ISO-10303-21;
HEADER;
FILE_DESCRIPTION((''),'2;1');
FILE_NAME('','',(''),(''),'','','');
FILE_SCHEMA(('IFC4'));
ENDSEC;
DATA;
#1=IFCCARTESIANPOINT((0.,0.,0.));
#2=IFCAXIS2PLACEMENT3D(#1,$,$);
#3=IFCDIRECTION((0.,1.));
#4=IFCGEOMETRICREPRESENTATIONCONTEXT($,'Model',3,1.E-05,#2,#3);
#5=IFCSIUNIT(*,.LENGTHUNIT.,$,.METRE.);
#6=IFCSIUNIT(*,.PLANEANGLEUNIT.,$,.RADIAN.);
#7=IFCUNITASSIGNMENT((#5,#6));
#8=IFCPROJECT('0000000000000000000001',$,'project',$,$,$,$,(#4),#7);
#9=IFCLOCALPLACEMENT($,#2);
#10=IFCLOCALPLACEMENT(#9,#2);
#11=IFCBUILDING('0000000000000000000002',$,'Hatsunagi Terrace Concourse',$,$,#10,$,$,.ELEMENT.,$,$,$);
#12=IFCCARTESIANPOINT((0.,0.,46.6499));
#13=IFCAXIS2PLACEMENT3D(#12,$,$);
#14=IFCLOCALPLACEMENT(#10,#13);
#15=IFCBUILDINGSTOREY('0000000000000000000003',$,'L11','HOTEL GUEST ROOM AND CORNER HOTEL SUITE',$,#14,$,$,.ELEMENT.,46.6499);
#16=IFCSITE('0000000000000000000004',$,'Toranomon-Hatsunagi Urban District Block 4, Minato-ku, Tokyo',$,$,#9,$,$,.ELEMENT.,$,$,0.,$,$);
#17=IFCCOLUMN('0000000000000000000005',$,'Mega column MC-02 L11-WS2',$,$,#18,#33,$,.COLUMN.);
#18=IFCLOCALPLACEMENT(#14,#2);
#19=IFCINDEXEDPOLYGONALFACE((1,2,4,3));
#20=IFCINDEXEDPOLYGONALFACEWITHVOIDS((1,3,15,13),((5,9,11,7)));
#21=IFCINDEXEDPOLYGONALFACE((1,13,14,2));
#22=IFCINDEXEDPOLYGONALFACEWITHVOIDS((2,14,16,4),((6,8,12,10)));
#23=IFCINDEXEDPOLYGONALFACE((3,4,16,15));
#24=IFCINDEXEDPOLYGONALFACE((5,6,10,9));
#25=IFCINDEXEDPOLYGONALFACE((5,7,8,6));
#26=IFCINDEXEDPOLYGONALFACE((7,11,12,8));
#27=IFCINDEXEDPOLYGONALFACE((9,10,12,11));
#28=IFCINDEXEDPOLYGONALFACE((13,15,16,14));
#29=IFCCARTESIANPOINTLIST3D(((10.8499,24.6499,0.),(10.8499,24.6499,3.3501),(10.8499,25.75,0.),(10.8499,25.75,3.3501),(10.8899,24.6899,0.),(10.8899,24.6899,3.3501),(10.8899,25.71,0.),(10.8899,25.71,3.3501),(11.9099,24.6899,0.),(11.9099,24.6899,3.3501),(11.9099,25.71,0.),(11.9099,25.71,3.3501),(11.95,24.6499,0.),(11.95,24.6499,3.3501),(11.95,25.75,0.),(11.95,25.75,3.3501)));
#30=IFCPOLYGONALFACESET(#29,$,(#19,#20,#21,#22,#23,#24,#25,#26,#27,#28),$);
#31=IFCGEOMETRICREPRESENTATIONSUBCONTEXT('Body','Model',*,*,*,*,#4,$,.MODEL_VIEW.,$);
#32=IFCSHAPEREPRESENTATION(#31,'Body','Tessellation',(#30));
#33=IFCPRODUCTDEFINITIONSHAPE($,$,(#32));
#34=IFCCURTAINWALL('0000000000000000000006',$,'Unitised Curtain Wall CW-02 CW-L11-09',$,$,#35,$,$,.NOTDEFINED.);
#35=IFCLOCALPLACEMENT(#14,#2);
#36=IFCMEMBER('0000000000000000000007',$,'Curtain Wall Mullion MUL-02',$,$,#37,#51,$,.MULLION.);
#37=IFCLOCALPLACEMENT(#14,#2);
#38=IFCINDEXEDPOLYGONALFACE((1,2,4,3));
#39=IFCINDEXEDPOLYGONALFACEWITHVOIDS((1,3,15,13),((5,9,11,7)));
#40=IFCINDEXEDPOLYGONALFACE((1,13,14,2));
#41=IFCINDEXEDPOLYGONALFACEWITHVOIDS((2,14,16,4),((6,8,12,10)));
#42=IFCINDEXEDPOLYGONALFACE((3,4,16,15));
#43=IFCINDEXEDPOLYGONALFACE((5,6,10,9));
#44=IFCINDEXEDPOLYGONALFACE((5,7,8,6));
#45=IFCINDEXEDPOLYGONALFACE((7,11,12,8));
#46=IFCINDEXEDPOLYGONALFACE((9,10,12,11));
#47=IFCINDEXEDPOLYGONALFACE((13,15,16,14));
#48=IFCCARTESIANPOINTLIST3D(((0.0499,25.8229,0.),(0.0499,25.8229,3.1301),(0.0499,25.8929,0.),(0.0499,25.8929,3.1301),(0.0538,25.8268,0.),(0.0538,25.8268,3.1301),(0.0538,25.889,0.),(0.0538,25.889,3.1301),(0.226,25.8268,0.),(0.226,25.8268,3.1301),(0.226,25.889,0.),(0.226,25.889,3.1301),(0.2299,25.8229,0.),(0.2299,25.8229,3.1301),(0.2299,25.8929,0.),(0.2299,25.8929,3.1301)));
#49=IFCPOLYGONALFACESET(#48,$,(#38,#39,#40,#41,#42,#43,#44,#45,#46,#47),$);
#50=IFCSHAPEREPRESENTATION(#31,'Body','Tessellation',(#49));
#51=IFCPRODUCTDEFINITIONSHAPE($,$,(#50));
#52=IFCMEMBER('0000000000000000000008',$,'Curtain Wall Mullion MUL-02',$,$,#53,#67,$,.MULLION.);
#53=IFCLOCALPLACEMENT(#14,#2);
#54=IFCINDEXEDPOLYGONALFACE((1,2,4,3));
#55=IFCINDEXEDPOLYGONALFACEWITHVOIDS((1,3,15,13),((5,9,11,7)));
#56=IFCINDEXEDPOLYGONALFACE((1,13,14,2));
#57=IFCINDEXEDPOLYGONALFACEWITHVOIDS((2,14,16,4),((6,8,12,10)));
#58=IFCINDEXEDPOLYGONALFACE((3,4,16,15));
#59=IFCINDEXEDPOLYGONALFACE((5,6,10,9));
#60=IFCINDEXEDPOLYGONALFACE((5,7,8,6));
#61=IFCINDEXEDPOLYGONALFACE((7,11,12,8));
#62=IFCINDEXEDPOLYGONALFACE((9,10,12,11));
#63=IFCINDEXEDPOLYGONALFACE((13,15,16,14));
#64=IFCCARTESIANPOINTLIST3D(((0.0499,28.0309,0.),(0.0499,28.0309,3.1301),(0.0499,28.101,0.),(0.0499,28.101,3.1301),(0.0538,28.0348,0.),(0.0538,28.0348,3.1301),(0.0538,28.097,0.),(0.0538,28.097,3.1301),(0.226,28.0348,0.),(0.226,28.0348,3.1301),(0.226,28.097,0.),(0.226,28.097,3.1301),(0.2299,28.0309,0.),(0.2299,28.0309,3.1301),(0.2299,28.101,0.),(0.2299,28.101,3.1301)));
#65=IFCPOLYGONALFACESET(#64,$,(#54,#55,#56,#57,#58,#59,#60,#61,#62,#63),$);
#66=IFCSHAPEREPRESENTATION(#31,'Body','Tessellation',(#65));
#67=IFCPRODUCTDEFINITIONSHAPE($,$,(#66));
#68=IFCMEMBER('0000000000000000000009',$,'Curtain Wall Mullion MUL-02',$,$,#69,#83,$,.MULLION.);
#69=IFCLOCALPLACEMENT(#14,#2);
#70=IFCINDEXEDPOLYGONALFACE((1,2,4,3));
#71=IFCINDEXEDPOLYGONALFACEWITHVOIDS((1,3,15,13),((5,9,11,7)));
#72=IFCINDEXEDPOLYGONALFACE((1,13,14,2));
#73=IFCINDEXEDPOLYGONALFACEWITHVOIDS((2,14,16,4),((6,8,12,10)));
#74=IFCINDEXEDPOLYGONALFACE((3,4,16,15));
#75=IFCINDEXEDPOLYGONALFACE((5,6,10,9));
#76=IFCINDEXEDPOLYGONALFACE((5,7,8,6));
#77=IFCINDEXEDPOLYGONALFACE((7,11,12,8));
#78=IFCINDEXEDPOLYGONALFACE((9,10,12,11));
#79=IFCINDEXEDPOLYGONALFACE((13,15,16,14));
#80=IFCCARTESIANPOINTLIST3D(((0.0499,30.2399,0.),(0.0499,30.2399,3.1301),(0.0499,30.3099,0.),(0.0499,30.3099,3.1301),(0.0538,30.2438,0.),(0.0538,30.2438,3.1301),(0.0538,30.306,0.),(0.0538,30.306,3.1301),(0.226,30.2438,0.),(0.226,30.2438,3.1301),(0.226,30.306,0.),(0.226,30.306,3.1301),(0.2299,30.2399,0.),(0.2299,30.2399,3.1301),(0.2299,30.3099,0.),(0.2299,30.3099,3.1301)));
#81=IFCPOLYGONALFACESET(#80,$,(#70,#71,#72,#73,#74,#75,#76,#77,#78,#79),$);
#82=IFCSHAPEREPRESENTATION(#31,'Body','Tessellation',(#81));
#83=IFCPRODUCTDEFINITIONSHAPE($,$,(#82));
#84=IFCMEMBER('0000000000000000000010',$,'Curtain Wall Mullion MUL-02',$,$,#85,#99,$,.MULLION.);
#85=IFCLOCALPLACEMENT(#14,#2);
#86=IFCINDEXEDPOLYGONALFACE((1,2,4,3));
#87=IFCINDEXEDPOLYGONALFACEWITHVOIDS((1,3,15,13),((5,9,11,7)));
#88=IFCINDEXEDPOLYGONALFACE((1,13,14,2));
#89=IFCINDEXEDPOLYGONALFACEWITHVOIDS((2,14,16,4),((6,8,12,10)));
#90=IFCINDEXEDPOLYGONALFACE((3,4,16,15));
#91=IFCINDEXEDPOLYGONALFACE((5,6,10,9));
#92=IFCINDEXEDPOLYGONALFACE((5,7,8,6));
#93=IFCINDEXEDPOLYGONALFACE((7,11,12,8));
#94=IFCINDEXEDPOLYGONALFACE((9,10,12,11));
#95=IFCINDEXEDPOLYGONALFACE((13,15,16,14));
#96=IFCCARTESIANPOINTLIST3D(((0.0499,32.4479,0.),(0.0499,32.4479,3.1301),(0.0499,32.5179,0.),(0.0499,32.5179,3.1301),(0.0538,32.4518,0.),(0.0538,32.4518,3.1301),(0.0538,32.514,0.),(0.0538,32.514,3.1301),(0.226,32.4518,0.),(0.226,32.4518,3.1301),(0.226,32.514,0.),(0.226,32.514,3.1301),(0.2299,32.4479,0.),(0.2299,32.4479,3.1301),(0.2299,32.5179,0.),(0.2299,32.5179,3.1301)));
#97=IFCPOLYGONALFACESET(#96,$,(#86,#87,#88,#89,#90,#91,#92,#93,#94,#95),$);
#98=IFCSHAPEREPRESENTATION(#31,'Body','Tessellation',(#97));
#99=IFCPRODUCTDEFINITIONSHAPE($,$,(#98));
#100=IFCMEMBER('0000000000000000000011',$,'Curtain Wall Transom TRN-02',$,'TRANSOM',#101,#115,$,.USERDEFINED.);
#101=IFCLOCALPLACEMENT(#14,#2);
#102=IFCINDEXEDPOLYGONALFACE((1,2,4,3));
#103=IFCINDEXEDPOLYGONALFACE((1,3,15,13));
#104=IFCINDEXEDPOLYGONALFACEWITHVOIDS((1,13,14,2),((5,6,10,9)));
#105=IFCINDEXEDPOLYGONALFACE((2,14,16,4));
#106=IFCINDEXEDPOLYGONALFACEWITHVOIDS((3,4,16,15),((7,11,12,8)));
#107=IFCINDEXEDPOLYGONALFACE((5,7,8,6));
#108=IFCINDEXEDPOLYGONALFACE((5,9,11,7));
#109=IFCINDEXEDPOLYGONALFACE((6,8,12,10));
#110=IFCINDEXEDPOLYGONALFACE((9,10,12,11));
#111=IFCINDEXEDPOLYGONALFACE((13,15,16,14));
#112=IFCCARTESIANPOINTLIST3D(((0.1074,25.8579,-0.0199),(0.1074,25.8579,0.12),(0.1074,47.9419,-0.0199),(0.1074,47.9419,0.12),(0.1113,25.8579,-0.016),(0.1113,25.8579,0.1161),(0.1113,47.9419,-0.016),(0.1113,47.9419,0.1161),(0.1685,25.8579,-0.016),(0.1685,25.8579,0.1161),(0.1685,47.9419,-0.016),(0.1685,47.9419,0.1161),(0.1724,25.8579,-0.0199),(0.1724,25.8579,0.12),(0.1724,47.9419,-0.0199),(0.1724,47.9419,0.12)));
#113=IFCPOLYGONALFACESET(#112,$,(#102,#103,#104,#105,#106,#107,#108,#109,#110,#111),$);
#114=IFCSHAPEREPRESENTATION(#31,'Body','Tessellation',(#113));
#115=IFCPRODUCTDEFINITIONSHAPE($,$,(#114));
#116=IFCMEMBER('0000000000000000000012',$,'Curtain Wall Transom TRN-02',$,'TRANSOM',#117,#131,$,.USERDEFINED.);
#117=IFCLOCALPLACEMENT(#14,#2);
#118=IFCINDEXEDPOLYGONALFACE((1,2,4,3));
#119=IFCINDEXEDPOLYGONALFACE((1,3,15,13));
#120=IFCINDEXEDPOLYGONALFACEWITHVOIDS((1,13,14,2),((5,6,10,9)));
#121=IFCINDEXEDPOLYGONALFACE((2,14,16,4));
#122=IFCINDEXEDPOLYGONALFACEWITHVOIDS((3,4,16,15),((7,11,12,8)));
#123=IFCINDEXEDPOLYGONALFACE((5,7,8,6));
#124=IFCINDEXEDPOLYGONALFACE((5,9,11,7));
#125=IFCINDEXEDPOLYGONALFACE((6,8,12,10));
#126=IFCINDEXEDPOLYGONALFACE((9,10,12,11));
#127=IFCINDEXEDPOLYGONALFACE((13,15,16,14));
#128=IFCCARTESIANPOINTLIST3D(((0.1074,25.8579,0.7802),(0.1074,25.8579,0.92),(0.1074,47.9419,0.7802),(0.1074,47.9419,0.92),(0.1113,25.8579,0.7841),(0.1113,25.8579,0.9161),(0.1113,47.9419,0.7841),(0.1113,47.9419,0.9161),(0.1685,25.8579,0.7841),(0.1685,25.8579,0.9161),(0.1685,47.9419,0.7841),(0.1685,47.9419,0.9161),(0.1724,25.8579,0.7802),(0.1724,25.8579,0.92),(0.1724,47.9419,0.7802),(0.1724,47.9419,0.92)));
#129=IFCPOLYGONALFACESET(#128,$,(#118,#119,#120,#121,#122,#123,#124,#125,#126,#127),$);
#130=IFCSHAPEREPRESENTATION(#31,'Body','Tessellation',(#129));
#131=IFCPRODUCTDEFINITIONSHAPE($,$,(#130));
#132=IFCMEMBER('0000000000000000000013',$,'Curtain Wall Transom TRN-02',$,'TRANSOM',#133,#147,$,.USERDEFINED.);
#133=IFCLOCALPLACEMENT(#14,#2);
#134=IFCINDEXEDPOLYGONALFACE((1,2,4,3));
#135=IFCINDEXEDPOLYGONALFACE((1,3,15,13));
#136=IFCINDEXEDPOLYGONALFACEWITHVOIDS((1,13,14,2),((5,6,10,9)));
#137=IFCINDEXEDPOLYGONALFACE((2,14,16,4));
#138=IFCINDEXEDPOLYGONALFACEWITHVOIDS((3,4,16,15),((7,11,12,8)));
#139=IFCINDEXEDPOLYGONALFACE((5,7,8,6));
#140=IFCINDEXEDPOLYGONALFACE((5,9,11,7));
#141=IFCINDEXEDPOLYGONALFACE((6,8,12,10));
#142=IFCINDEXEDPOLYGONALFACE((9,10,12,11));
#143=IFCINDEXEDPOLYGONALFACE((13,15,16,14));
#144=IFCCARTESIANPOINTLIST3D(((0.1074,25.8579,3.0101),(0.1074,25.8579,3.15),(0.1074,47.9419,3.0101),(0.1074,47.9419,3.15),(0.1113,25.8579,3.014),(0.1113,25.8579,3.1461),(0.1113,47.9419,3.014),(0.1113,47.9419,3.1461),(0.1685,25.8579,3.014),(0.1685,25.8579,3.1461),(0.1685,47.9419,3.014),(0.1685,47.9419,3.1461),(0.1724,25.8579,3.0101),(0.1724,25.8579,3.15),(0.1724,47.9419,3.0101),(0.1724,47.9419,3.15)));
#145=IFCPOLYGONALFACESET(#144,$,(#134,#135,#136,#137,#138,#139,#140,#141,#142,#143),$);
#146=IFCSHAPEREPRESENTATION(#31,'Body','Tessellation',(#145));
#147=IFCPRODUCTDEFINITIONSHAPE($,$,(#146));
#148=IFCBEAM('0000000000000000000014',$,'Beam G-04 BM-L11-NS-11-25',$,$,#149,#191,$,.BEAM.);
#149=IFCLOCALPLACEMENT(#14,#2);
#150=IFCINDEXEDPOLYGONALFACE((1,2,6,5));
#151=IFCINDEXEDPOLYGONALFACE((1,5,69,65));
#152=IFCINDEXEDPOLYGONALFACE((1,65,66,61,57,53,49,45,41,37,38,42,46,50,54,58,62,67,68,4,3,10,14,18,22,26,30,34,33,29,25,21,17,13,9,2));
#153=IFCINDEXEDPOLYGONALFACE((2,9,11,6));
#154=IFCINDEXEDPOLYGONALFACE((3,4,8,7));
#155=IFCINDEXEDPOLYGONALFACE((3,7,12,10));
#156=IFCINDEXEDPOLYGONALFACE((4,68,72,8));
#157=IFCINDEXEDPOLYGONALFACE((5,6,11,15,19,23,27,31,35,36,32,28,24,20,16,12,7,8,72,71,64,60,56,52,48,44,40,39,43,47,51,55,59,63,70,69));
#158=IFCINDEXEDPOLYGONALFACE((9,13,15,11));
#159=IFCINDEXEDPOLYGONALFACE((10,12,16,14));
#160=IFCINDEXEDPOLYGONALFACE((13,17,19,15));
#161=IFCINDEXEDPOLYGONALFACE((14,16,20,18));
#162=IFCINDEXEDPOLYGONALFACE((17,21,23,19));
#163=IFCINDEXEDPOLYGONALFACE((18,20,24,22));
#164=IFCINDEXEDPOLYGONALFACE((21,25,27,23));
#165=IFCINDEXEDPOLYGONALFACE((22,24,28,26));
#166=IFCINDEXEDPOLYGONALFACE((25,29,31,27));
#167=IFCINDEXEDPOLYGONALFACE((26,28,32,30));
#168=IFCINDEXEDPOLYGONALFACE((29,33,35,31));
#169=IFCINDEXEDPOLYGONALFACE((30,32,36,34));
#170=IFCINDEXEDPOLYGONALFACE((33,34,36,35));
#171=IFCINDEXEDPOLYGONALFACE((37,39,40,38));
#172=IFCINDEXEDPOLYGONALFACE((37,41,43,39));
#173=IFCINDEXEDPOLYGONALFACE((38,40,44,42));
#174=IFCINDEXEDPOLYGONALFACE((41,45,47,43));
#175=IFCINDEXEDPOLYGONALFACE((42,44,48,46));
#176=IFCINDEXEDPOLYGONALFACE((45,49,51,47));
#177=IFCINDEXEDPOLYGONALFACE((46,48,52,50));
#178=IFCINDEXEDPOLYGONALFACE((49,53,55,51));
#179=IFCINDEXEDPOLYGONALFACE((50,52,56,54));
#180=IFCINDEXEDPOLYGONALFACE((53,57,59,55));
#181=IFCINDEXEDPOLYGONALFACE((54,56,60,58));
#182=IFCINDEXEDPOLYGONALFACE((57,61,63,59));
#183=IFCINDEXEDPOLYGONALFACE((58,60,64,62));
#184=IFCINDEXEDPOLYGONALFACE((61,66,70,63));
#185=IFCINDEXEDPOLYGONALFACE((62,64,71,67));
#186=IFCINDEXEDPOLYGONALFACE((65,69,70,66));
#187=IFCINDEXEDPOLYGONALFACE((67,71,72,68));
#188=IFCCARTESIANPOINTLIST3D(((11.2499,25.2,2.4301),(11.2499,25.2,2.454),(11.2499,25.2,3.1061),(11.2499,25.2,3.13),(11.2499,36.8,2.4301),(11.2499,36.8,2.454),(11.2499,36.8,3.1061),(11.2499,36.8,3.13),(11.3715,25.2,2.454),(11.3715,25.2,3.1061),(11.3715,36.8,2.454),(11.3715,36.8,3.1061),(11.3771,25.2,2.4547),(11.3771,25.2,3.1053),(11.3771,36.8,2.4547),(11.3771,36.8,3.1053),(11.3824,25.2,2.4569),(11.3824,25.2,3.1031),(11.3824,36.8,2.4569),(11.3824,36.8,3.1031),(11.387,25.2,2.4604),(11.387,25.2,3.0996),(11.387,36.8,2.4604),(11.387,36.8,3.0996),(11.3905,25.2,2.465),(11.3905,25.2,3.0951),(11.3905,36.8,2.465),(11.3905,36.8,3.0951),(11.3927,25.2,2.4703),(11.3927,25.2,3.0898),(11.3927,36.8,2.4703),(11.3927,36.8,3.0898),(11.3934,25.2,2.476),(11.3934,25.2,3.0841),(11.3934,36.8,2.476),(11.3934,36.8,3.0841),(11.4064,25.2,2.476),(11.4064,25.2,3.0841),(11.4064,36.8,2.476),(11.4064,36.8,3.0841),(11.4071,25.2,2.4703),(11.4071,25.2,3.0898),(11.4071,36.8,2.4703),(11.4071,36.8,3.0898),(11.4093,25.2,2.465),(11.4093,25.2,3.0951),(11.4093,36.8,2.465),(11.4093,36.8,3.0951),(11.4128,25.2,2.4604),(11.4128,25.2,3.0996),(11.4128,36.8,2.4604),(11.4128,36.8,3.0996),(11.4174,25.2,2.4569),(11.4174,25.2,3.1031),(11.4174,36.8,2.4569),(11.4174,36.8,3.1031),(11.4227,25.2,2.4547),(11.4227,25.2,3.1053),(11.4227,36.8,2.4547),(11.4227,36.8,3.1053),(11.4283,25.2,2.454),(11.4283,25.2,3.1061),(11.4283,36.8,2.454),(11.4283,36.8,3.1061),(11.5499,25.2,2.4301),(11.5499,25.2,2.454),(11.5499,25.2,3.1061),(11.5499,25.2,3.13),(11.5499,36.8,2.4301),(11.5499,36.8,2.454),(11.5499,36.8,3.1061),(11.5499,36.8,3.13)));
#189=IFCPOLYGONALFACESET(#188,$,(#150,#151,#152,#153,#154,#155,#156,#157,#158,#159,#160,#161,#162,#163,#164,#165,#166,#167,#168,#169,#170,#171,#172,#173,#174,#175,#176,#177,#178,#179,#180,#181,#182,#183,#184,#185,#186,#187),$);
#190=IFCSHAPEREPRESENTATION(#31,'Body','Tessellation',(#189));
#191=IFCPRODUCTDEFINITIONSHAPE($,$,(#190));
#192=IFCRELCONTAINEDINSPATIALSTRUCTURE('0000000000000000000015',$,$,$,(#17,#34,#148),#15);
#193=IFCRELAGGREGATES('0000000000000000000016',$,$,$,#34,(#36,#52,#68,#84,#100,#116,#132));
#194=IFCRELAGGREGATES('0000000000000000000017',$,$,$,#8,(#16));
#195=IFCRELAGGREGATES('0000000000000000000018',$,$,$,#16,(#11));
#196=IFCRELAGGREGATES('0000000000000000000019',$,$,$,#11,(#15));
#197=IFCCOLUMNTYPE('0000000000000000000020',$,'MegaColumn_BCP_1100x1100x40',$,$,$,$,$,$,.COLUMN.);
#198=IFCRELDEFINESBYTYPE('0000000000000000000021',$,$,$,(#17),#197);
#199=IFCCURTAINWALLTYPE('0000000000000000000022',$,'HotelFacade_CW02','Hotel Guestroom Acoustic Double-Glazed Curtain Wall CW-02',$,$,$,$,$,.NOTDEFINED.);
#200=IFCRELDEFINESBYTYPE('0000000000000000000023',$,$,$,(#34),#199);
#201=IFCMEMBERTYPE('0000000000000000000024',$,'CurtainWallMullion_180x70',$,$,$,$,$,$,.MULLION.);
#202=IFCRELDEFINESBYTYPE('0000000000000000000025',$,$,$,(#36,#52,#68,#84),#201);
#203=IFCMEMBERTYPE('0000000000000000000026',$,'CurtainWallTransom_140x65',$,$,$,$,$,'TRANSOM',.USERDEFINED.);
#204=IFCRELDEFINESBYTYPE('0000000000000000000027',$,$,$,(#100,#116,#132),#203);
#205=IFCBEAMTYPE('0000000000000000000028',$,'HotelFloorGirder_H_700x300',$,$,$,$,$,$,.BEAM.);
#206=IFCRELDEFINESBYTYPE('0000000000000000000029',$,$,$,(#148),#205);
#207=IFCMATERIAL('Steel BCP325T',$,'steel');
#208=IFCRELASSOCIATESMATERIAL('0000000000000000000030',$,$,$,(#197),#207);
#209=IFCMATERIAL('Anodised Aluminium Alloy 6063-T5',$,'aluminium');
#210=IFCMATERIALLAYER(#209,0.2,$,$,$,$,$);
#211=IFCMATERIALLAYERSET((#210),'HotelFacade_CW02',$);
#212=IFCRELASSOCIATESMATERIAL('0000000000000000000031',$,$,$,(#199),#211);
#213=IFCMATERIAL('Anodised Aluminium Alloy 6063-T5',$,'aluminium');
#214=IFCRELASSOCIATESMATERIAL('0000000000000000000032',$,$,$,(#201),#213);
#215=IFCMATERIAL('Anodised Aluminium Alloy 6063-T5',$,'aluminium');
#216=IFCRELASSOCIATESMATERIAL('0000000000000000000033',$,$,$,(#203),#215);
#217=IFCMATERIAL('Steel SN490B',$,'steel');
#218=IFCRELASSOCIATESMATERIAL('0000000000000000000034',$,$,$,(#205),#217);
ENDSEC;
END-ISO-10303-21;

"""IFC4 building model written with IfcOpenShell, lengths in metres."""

from ifc_helpers import new_model, si_unit, direction, frame, origin, origin_2d, place, context, subcontext, project, spatial, hollow_rectangle, i_section, extrude, material, layer, layer_set, material_profile, profile_set, type_object, element, aggregate, save


model = new_model("IFC4")

# Units and contexts
model_context = context("Model", 3, precision=1e-05, world=origin(), true_north=direction((0.0, 1.0)))
body_context = subcontext(model_context, "Body", "Model", "MODEL_VIEW")
ifc_project = project(units=[si_unit("LENGTHUNIT", "METRE"), si_unit("PLANEANGLEUNIT", "RADIAN")], contexts=[model_context])

# Site, building, storey
site_placement = place(None, origin())
site = spatial("IfcSite", under=ifc_project, at=site_placement, Name="Toranomon-Hatsunagi Urban District Block 4, Minato-ku, Tokyo", CompositionType="ELEMENT", RefElevation=0.0)
building_placement = place(site_placement, origin())
building = spatial("IfcBuilding", under=site, at=building_placement, Name="Hatsunagi Terrace Concourse", CompositionType="ELEMENT")
storey_placement = place(building_placement, frame((0.0, 0.0, 46.6499)))
storey = spatial("IfcBuildingStorey", under=building, at=storey_placement, Name="L11", Description="HOTEL GUEST ROOM AND CORNER HOTEL SUITE", CompositionType="ELEMENT", Elevation=46.6499)

# Column
ifc_material_1 = material(Name="Steel BCP325T", Category="steel")
ifc_material_profile_1 = material_profile(ifc_material_1, hollow_rectangle(XDim=1.1001, YDim=1.1001, WallThickness=0.04, at=origin_2d()), Name="BCP-1100x1100x40")
ifc_profile_set_1 = profile_set([ifc_material_profile_1], Name="Steel BCP325T")
column_type = type_object("IfcColumnType", Name="MegaColumn_BCP_1100x1100x40", PredefinedType="COLUMN", material=ifc_profile_set_1)
column_placement = place(storey_placement, frame((11.3999, 25.2, 0.0), z_axis=(0.0, 0.0, 1.0), x_axis=(1.0, 0.0, 0.0)))
element("IfcColumn", 1, at=column_placement, inside=storey, type_object=column_type, Name="Mega column MC-02 L11-WS2", PredefinedType="COLUMN", context=body_context, shape_type="SweptSolid", body=[
    extrude(hollow_rectangle(XDim=1.1001, YDim=1.1001, WallThickness=0.04, at=origin_2d()), origin(), (0.0, 0.0, 1.0), 3.3501),
])

# Curtain wall, members
ifc_material_2 = material(Name="Anodised Aluminium Alloy 6063-T5", Category="aluminium")
ifc_layer_1 = layer(ifc_material_2, 0.2)
ifc_layer_set_1 = layer_set([ifc_layer_1], Name="HotelFacade_CW02")
curtain_wall_type = type_object("IfcCurtainWallType", Name="HotelFacade_CW02", Description="Hotel Guestroom Acoustic Double-Glazed Curtain Wall CW-02", PredefinedType="NOTDEFINED", material=ifc_layer_set_1)
curtain_wall_placement = place(storey_placement, origin())
curtain_wall = element("IfcCurtainWall", 2, at=curtain_wall_placement, inside=storey, type_object=curtain_wall_type, Name="Unitised Curtain Wall CW-02 CW-L11-09", PredefinedType="NOTDEFINED")
ifc_material_3 = material(Name="Anodised Aluminium Alloy 6063-T5", Category="aluminium")
ifc_material_profile_2 = material_profile(ifc_material_3, hollow_rectangle(XDim=0.0701, YDim=0.1799, WallThickness=0.0039, at=origin_2d()), Name="ALU-MUL-180x70x4")
ifc_profile_set_2 = profile_set([ifc_material_profile_2], Name="Anodised Aluminium Alloy 6063-T5")
member_type_1 = type_object("IfcMemberType", Name="CurtainWallMullion_180x70", PredefinedType="MULLION", material=ifc_profile_set_2)
member_1_placement = place(storey_placement, frame((0.1399, 25.8579, 0.0), z_axis=(0.0, 0.0, 1.0), x_axis=(0.0, 1.0, 0.0)))
member_1 = element("IfcMember", 3, at=member_1_placement, type_object=member_type_1, Name="Curtain Wall Mullion MUL-02", PredefinedType="MULLION", context=body_context, shape_type="SweptSolid", body=[
    extrude(hollow_rectangle(XDim=0.0701, YDim=0.1799, WallThickness=0.0039, at=origin_2d()), origin(), (0.0, 0.0, 1.0), 3.1301),
])
member_2_placement = place(storey_placement, frame((0.1399, 28.0659, 0.0), z_axis=(0.0, 0.0, 1.0), x_axis=(0.0, 1.0, 0.0)))
member_2 = element("IfcMember", 4, at=member_2_placement, type_object=member_type_1, Name="Curtain Wall Mullion MUL-02", PredefinedType="MULLION", context=body_context, shape_type="SweptSolid", body=[
    extrude(hollow_rectangle(XDim=0.0701, YDim=0.1799, WallThickness=0.0039, at=origin_2d()), origin(), (0.0, 0.0, 1.0), 3.1301),
])
member_3_placement = place(storey_placement, frame((0.1399, 30.2749, 0.0), z_axis=(0.0, 0.0, 1.0), x_axis=(0.0, 1.0, 0.0)))
member_3 = element("IfcMember", 5, at=member_3_placement, type_object=member_type_1, Name="Curtain Wall Mullion MUL-02", PredefinedType="MULLION", context=body_context, shape_type="SweptSolid", body=[
    extrude(hollow_rectangle(XDim=0.0701, YDim=0.1799, WallThickness=0.0039, at=origin_2d()), origin(), (0.0, 0.0, 1.0), 3.1301),
])
member_4_placement = place(storey_placement, frame((0.1399, 32.4829, 0.0), z_axis=(0.0, 0.0, 1.0), x_axis=(0.0, 1.0, 0.0)))
member_4 = element("IfcMember", 6, at=member_4_placement, type_object=member_type_1, Name="Curtain Wall Mullion MUL-02", PredefinedType="MULLION", context=body_context, shape_type="SweptSolid", body=[
    extrude(hollow_rectangle(XDim=0.0701, YDim=0.1799, WallThickness=0.0039, at=origin_2d()), origin(), (0.0, 0.0, 1.0), 3.1301),
])
ifc_material_4 = material(Name="Anodised Aluminium Alloy 6063-T5", Category="aluminium")
ifc_material_profile_3 = material_profile(ifc_material_4, hollow_rectangle(XDim=0.0649, YDim=0.1399, WallThickness=0.0039, at=origin_2d()), Name="ALU-TRN-140x65x4")
ifc_profile_set_3 = profile_set([ifc_material_profile_3], Name="Anodised Aluminium Alloy 6063-T5")
member_type_2 = type_object("IfcMemberType", Name="CurtainWallTransom_140x65", ElementType="TRANSOM", PredefinedType="USERDEFINED", material=ifc_profile_set_3)
member_5_placement = place(storey_placement, frame((0.1399, 25.8579, 0.05), z_axis=(0.0, 1.0, 0.0), x_axis=(-1.0, 0.0, 0.0)))
member_5 = element("IfcMember", 7, at=member_5_placement, type_object=member_type_2, Name="Curtain Wall Transom TRN-02", ObjectType="TRANSOM", PredefinedType="USERDEFINED", context=body_context, shape_type="SweptSolid", body=[
    extrude(hollow_rectangle(XDim=0.0649, YDim=0.1399, WallThickness=0.0039, at=origin_2d()), origin(), (0.0, 0.0, 1.0), 22.084),
])
member_6_placement = place(storey_placement, frame((0.1399, 25.8579, 0.8501), z_axis=(0.0, 1.0, 0.0), x_axis=(-1.0, 0.0, 0.0)))
member_6 = element("IfcMember", 8, at=member_6_placement, type_object=member_type_2, Name="Curtain Wall Transom TRN-02", ObjectType="TRANSOM", PredefinedType="USERDEFINED", context=body_context, shape_type="SweptSolid", body=[
    extrude(hollow_rectangle(XDim=0.0649, YDim=0.1399, WallThickness=0.0039, at=origin_2d()), origin(), (0.0, 0.0, 1.0), 22.084),
])
member_7_placement = place(storey_placement, frame((0.1399, 25.8579, 3.0801), z_axis=(0.0, 1.0, 0.0), x_axis=(-1.0, 0.0, 0.0)))
member_7 = element("IfcMember", 9, at=member_7_placement, type_object=member_type_2, Name="Curtain Wall Transom TRN-02", ObjectType="TRANSOM", PredefinedType="USERDEFINED", context=body_context, shape_type="SweptSolid", body=[
    extrude(hollow_rectangle(XDim=0.0649, YDim=0.1399, WallThickness=0.0039, at=origin_2d()), origin(), (0.0, 0.0, 1.0), 22.084),
])

# Beam
ifc_material_5 = material(Name="Steel SN490B", Category="steel")
ifc_material_profile_4 = material_profile(ifc_material_5, i_section(OverallWidth=0.3, OverallDepth=0.7, WebThickness=0.0129, FlangeThickness=0.0239, FilletRadius=0.022, at=origin_2d()), Name="H-700x300x13x24")
ifc_profile_set_4 = profile_set([ifc_material_profile_4], Name="Steel SN490B")
beam_type_1 = type_object("IfcBeamType", Name="HotelFloorGirder_H_700x300", PredefinedType="BEAM", material=ifc_profile_set_4)
beam_1_placement = place(storey_placement, frame((11.3999, 25.2, 2.78), z_axis=(0.0, 1.0, 0.0), x_axis=(-1.0, 0.0, 0.0)))
element("IfcBeam", 10, at=beam_1_placement, inside=storey, type_object=beam_type_1, Name="Beam G-04 BM-L11-NS-11-25", PredefinedType="BEAM", context=body_context, shape_type="SweptSolid", body=[
    extrude(i_section(OverallWidth=0.3, OverallDepth=0.7, WebThickness=0.0129, FlangeThickness=0.0239, FilletRadius=0.022, at=origin_2d()), origin(), (0.0, 0.0, 1.0), 11.6001),
])

aggregate(curtain_wall, [member_1, member_2, member_3, member_4, member_5, member_6, member_7])

save(model, "model.ifc")
